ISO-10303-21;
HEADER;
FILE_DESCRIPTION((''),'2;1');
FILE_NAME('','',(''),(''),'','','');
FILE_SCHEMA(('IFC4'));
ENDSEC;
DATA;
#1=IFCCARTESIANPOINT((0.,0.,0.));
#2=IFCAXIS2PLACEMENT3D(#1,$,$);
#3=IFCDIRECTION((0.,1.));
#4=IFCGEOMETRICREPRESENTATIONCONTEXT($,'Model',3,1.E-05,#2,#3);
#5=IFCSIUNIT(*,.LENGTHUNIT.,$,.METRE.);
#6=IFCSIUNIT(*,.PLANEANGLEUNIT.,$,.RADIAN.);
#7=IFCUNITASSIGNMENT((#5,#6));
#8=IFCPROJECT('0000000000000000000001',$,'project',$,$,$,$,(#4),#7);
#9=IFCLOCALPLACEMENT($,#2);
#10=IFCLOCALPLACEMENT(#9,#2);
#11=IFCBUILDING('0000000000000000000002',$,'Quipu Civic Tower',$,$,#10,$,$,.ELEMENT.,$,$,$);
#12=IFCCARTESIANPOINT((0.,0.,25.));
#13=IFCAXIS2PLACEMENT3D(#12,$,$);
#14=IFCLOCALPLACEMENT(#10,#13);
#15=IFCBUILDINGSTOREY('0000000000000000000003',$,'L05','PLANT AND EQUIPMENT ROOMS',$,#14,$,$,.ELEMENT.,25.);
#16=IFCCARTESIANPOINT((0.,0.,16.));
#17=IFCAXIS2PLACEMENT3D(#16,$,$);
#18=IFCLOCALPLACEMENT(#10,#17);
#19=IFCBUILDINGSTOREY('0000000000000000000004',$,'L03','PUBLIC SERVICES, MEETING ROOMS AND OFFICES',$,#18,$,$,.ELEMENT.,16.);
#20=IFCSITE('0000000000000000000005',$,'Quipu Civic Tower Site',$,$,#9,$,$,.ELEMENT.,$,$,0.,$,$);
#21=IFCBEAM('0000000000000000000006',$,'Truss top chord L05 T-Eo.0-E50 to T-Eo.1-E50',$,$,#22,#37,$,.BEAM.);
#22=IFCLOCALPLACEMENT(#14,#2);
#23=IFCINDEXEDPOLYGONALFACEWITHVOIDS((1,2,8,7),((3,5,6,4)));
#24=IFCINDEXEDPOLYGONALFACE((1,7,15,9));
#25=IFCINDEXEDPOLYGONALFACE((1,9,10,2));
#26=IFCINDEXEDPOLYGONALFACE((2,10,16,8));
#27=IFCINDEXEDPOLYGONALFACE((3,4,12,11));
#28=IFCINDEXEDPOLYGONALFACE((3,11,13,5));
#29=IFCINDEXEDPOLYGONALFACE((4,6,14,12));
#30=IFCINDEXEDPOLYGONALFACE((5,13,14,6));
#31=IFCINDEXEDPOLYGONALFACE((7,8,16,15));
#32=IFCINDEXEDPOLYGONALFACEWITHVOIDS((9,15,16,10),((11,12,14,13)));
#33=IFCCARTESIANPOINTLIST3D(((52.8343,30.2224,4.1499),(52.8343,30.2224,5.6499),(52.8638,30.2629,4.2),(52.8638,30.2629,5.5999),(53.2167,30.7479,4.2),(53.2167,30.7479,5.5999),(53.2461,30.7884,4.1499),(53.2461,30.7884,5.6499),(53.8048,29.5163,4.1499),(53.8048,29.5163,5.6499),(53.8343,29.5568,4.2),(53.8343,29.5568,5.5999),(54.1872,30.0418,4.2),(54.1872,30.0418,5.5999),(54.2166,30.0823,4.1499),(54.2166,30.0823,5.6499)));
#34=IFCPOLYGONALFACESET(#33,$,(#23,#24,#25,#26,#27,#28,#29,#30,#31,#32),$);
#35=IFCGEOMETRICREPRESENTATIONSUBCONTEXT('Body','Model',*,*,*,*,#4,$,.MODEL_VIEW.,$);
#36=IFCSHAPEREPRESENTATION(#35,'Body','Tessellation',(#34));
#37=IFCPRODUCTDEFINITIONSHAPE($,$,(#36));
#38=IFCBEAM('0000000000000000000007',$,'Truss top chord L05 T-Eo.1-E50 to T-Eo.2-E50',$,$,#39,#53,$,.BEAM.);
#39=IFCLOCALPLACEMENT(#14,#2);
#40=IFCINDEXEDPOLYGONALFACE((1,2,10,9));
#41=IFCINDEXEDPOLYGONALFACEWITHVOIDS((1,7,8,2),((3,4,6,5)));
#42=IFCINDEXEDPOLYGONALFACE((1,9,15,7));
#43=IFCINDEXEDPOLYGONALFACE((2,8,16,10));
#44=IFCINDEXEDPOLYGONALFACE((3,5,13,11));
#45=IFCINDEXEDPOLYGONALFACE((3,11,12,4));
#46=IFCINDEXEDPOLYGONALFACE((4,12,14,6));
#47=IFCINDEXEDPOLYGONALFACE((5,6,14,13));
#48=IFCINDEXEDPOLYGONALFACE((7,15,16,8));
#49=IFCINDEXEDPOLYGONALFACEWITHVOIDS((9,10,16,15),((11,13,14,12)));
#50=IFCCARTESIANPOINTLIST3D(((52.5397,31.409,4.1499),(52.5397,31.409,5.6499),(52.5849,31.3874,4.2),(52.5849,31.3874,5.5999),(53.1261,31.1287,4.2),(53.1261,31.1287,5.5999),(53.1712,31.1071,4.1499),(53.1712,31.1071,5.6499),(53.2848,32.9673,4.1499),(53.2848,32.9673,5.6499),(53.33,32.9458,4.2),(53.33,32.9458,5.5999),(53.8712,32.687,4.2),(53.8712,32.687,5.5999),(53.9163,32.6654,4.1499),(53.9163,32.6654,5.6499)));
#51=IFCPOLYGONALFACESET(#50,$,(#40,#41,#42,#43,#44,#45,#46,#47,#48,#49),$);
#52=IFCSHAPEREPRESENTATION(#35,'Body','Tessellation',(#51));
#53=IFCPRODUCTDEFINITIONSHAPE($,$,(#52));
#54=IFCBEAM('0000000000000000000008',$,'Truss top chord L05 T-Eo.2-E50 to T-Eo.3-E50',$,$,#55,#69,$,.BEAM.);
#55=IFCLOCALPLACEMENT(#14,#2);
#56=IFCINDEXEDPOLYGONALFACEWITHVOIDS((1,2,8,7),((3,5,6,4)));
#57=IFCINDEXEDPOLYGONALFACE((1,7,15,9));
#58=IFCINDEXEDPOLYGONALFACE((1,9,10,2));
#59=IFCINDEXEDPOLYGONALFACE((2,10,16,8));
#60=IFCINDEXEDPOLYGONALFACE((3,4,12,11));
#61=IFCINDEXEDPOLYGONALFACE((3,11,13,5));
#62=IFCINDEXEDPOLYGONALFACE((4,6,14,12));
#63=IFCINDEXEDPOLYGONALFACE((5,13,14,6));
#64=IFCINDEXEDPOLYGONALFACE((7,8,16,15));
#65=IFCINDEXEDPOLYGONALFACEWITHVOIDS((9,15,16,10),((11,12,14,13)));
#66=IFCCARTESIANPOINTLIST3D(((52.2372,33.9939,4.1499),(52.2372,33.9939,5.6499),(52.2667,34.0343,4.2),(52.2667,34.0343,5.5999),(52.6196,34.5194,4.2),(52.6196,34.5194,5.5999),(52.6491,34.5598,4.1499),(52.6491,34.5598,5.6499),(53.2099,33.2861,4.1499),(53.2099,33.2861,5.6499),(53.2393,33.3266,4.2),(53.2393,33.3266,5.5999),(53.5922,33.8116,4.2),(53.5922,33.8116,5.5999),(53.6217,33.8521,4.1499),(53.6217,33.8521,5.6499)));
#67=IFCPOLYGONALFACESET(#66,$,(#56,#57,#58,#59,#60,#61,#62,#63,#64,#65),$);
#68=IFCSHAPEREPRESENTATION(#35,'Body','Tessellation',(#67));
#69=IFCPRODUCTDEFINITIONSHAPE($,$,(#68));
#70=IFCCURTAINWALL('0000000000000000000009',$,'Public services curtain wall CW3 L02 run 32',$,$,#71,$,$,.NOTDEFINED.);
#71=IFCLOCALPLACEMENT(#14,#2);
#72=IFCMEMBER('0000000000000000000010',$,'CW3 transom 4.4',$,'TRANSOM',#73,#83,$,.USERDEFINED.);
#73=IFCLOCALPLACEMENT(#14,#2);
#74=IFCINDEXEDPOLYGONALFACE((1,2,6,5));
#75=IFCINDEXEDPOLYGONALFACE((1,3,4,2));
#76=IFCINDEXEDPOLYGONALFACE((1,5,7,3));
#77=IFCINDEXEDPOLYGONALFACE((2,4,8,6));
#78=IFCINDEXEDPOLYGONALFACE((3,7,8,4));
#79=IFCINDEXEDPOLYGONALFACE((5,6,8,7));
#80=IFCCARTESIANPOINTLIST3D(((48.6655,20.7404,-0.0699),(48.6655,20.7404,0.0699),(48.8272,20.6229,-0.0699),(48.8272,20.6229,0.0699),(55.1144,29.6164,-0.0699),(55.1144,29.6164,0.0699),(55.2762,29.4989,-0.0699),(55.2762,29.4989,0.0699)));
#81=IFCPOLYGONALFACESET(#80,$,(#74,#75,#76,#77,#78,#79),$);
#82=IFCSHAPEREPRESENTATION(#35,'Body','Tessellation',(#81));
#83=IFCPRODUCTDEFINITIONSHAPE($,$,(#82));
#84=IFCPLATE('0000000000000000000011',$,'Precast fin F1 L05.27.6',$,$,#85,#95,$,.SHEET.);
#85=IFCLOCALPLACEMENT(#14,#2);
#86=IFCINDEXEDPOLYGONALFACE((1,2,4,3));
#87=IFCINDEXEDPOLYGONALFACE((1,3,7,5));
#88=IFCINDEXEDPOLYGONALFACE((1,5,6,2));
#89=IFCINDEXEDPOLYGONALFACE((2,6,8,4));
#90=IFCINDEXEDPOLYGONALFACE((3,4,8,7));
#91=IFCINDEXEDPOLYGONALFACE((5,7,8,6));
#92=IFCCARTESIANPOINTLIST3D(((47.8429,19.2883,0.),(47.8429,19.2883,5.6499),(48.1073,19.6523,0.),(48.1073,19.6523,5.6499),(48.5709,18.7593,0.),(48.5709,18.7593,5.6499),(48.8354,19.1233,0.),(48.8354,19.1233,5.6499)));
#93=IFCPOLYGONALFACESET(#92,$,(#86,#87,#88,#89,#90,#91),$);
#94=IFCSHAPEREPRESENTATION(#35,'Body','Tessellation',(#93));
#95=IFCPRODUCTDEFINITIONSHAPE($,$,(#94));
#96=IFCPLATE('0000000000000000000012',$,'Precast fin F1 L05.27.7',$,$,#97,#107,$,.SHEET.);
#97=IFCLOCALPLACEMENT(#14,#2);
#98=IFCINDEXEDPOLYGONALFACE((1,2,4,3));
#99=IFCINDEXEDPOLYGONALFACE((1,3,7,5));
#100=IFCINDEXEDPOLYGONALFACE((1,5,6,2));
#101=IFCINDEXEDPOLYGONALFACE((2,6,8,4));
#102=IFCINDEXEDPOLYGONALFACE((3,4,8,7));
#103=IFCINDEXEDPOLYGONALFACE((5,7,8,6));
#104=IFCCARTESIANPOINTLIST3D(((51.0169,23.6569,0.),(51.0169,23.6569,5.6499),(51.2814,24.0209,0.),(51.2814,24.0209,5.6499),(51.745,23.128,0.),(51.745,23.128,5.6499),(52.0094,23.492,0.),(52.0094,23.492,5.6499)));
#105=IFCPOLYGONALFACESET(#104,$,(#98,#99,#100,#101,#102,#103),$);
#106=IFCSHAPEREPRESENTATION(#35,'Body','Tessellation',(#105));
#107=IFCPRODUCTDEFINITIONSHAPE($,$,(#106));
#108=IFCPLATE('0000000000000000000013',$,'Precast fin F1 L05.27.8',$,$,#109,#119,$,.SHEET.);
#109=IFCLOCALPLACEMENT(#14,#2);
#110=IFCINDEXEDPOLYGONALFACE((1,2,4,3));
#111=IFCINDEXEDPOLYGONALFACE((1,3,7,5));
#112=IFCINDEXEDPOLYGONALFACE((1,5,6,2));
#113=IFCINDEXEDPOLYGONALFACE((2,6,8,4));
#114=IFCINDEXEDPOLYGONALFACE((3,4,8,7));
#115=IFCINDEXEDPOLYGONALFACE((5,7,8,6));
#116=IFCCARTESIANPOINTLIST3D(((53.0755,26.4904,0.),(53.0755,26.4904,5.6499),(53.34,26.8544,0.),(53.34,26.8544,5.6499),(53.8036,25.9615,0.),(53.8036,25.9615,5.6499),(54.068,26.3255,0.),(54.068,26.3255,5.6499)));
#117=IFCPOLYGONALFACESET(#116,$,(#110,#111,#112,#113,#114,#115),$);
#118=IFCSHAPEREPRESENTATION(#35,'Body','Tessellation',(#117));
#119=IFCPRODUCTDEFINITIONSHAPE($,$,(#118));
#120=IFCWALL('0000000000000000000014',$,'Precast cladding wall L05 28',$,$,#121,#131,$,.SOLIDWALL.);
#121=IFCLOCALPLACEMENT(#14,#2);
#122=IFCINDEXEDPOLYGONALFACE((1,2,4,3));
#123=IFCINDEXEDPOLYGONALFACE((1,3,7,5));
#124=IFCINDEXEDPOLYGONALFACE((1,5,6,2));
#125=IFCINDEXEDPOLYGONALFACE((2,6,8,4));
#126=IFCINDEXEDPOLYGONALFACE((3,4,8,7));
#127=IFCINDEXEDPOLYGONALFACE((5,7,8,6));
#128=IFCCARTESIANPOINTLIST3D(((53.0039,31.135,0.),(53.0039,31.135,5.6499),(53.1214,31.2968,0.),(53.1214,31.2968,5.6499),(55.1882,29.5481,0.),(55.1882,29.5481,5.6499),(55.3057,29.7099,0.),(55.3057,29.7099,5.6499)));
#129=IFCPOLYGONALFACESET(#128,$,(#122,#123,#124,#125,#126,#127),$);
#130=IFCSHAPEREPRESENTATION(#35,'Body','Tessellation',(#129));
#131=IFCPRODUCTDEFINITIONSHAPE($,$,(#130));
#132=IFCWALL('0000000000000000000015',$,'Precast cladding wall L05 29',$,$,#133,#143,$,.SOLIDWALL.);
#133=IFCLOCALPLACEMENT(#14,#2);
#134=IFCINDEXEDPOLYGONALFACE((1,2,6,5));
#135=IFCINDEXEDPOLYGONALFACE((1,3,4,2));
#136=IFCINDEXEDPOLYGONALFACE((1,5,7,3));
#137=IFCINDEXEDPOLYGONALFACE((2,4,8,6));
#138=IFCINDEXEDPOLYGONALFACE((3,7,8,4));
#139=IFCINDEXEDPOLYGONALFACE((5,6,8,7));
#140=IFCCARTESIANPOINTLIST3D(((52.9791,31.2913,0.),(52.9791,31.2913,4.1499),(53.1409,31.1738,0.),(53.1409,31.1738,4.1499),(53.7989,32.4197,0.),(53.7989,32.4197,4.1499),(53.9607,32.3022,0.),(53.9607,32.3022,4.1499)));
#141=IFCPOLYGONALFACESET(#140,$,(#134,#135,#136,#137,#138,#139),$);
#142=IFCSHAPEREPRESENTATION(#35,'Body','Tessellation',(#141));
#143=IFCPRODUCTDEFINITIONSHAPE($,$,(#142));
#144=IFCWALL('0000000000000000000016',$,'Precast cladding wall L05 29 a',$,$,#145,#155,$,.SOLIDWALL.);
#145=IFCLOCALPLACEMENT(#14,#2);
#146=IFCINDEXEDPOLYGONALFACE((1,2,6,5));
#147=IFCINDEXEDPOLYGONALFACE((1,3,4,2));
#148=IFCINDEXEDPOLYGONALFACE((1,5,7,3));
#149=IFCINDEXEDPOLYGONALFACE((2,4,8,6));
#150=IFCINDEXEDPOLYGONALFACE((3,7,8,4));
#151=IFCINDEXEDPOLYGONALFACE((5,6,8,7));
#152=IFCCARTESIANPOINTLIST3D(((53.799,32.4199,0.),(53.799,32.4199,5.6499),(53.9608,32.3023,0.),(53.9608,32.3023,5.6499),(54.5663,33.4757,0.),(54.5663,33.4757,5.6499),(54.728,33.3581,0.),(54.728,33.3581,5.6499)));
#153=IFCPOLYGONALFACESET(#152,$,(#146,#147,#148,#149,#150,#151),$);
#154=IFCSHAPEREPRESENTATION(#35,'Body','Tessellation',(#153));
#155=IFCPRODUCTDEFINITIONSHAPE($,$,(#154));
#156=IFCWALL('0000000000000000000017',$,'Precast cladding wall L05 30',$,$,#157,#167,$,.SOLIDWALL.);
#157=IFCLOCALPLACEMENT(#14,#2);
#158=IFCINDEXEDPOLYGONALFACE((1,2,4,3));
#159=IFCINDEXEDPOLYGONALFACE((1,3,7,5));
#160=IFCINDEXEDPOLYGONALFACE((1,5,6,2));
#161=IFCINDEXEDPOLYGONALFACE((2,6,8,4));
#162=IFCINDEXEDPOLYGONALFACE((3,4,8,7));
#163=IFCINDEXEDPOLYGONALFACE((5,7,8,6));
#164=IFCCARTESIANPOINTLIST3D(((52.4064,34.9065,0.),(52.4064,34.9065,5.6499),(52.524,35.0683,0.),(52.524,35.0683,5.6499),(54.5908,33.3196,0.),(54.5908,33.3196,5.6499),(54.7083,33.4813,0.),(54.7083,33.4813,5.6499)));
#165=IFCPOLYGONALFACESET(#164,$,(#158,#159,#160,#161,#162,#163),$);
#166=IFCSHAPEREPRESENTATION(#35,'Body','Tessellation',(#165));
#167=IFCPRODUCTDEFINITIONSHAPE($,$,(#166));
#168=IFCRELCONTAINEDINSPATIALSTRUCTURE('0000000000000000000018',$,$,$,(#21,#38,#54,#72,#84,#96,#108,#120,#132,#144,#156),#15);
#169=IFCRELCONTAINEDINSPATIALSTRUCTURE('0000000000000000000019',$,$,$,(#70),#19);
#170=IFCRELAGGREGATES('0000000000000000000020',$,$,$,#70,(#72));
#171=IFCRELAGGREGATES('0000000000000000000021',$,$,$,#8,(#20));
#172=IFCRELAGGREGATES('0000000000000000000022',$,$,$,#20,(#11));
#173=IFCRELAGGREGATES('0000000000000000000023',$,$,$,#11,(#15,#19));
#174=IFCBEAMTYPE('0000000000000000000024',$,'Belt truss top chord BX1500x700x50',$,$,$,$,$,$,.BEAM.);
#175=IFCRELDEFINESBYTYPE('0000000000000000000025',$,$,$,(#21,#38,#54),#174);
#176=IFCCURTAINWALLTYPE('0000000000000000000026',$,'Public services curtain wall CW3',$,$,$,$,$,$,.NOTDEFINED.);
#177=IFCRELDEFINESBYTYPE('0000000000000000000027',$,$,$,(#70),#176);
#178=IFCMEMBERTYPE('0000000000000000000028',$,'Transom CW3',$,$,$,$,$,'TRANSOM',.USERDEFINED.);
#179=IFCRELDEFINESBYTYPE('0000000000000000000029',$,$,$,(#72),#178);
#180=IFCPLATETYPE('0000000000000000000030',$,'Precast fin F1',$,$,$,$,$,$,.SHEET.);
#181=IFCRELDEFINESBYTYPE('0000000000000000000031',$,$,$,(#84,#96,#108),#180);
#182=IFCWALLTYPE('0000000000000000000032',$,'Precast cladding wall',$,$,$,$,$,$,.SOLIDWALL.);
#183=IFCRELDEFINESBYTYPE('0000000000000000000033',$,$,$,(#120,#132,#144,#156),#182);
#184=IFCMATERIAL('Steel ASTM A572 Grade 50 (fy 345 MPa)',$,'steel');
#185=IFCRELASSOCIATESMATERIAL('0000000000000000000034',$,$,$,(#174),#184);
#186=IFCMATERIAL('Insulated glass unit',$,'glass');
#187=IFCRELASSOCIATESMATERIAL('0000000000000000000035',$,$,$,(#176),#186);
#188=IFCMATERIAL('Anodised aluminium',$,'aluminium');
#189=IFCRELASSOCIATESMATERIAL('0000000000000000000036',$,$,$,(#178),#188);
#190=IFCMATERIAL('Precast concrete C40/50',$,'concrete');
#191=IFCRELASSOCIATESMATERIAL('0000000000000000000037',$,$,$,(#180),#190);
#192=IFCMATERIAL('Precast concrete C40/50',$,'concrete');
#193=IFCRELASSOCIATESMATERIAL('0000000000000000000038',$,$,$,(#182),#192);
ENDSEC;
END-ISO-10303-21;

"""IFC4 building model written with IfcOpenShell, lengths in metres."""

from ifc_helpers import new_model, si_unit, direction, frame, frame_2d, origin, origin_2d, place, context, subcontext, project, spatial, rectangle, hollow_rectangle, extrude, material, material_profile, profile_set, type_object, element, aggregate, save


model = new_model("IFC4")

# Units and contexts
model_context = context("Model", 3, precision=1e-05, world=origin(), true_north=direction((0.0, 1.0)))
body_context = subcontext(model_context, "Body", "Model", "MODEL_VIEW")
ifc_project = project(units=[si_unit("LENGTHUNIT", "METRE"), si_unit("PLANEANGLEUNIT", "RADIAN")], contexts=[model_context])

# Site, building, storey
site_placement = place(None, origin())
site = spatial("IfcSite", under=ifc_project, at=site_placement, Name="Quipu Civic Tower Site", CompositionType="ELEMENT", RefElevation=0.0)
building_placement = place(site_placement, origin())
building = spatial("IfcBuilding", under=site, at=building_placement, Name="Quipu Civic Tower", CompositionType="ELEMENT")
storey_1_placement = place(building_placement, frame((0.0, 0.0, 25.0)))
storey_1 = spatial("IfcBuildingStorey", under=building, at=storey_1_placement, Name="L05", Description="PLANT AND EQUIPMENT ROOMS", CompositionType="ELEMENT", Elevation=25.0)

# Beams
ifc_material_1 = material(Name="Steel ASTM A572 Grade 50 (fy 345 MPa)", Category="steel")
ifc_material_profile_1 = material_profile(ifc_material_1, hollow_rectangle(XDim=0.7, YDim=1.5, WallThickness=0.05, at=origin_2d()), Name="BX1500x700x50")
ifc_profile_set_1 = profile_set([ifc_material_profile_1], Name="Steel ASTM A572 Grade 50 (fy 345 MPa)")
beam_type_1 = type_object("IfcBeamType", Name="Belt truss top chord BX1500x700x50", PredefinedType="BEAM", material=ifc_profile_set_1)
beam_1_placement = place(storey_1_placement, frame((54.0107, 29.7993, 4.8999), z_axis=(-0.808631, 0.588317, 0.0), x_axis=(-0.588317, -0.808631, 0.0)))
element("IfcBeam", 1, at=beam_1_placement, inside=storey_1, type_object=beam_type_1, Name="Truss top chord L05 T-Eo.0-E50 to T-Eo.1-E50", PredefinedType="BEAM", context=body_context, shape_type="SweptSolid", body=[
    extrude(hollow_rectangle(XDim=0.7, YDim=1.5, WallThickness=0.05, at=origin_2d()), origin(), (0.0, 0.0, 1.0), 1.2002),
])
beam_2_placement = place(storey_1_placement, frame((52.8555, 31.2581, 4.8999), z_axis=(0.43137, 0.902175, 0.0), x_axis=(-0.902175, 0.43137, 0.0)))
element("IfcBeam", 2, at=beam_2_placement, inside=storey_1, type_object=beam_type_1, Name="Truss top chord L05 T-Eo.1-E50 to T-Eo.2-E50", PredefinedType="BEAM", context=body_context, shape_type="SweptSolid", body=[
    extrude(hollow_rectangle(XDim=0.7, YDim=1.5, WallThickness=0.05, at=origin_2d()), origin(), (0.0, 0.0, 1.0), 1.7273),
])
beam_3_placement = place(storey_1_placement, frame((53.4158, 33.5691, 4.8999), z_axis=(-0.808587, 0.588377, 0.0), x_axis=(-0.588377, -0.808587, 0.0)))
element("IfcBeam", 3, at=beam_3_placement, inside=storey_1, type_object=beam_type_1, Name="Truss top chord L05 T-Eo.2-E50 to T-Eo.3-E50", PredefinedType="BEAM", context=body_context, shape_type="SweptSolid", body=[
    extrude(hollow_rectangle(XDim=0.7, YDim=1.5, WallThickness=0.05, at=origin_2d()), origin(), (0.0, 0.0, 1.0), 1.2029),
])

# Shared definitions
storey_2_placement = place(building_placement, frame((0.0, 0.0, 16.0)))
storey_2 = spatial("IfcBuildingStorey", under=building, at=storey_2_placement, Name="L03", Description="PUBLIC SERVICES, MEETING ROOMS AND OFFICES", CompositionType="ELEMENT", Elevation=16.0)

# Curtain wall, member
ifc_material_2 = material(Name="Insulated glass unit", Category="glass")
curtain_wall_type = type_object("IfcCurtainWallType", Name="Public services curtain wall CW3", PredefinedType="NOTDEFINED", material=ifc_material_2)
curtain_wall_placement = place(storey_2_placement, origin())
curtain_wall = element("IfcCurtainWall", 4, at=curtain_wall_placement, inside=storey_2, type_object=curtain_wall_type, Name="Public services curtain wall CW3 L02 run 32", PredefinedType="NOTDEFINED")
ifc_material_3 = material(Name="Anodised aluminium", Category="aluminium")
ifc_material_profile_2 = material_profile(ifc_material_3, rectangle(XDim=0.2, YDim=0.1399, at=origin_2d()), Name="RECT 200x140")
ifc_profile_set_2 = profile_set([ifc_material_profile_2], Name="Anodised aluminium")
member_type_1 = type_object("IfcMemberType", Name="Transom CW3", ElementType="TRANSOM", PredefinedType="USERDEFINED", material=ifc_profile_set_2)
member_1_placement = place(storey_1_placement, frame((48.7463, 20.6816, 0.0), z_axis=(0.587797, 0.809008, 0.0), x_axis=(-0.809008, 0.587797, 0.0)))
member_1 = element("IfcMember", 5, at=member_1_placement, inside=storey_1, type_object=member_type_1, Name="CW3 transom 4.4", ObjectType="TRANSOM", PredefinedType="USERDEFINED", context=body_context, shape_type="SweptSolid", body=[
    extrude(rectangle(XDim=0.2, YDim=0.1399, at=origin_2d()), origin(), (0.0, 0.0, 1.0), 10.9714),
])
aggregate(curtain_wall, [member_1])

# Plates
ifc_material_4 = material(Name="Precast concrete C40/50", Category="concrete")
plate_type = type_object("IfcPlateType", Name="Precast fin F1", PredefinedType="SHEET", material=ifc_material_4)
for number, where, z_axis, x_axis, name in (
    (6, (48.3391, 19.2058, 0.0), (0.0, 0.0, 1.0), (0.587786, 0.809017, 0.0), "Precast fin F1 L05.27.6"),
    (7, (51.5132, 23.5745, 0.0), (0.0, 0.0, 1.0), (0.587786, 0.809017, 0.0), "Precast fin F1 L05.27.7"),
    (8, (53.5718, 26.408, 0.0), (0.0, 0.0, 1.0), (0.587786, 0.809017, 0.0), "Precast fin F1 L05.27.8"),
):
    element("IfcPlate", number, at=place(storey_1_placement, frame(where, z_axis=z_axis, x_axis=x_axis)), inside=storey_1, type_object=plate_type, Name=name, PredefinedType="SHEET", context=body_context, shape_type="SweptSolid", body=[
        extrude(rectangle(XDim=0.45, YDim=0.8999, at=origin_2d()), origin(), (0.0, 0.0, 1.0), 5.6499),
    ])

# Walls
ifc_material_5 = material(Name="Precast concrete C40/50", Category="concrete")
wall_type = type_object("IfcWallType", Name="Precast cladding wall", PredefinedType="SOLIDWALL", material=ifc_material_5)
wall_1_placement = place(storey_1_placement, frame((55.2471, 29.6289, 0.0), z_axis=(0.0, 0.0, 1.0), x_axis=(-0.809033, 0.587763, 0.0)))
element("IfcWall", 9, at=wall_1_placement, inside=storey_1, type_object=wall_type, Name="Precast cladding wall L05 28", PredefinedType="SOLIDWALL", context=body_context, shape_type="SweptSolid", body=[
    extrude(rectangle(XDim=2.7, YDim=0.2, at=frame_2d((1.3501, 0.0))), origin(), (0.0, 0.0, 1.0), 5.6499),
])
wall_2_placement = place(storey_1_placement, frame((53.0601, 31.2327, 0.0), z_axis=(0.0, 0.0, 1.0), x_axis=(0.587776, 0.809024, 0.0)))
element("IfcWall", 10, at=wall_2_placement, inside=storey_1, type_object=wall_type, Name="Precast cladding wall L05 29", PredefinedType="SOLIDWALL", context=body_context, shape_type="SweptSolid", body=[
    extrude(rectangle(XDim=1.3948, YDim=0.2, at=frame_2d((0.6973, 0.0))), origin(), (0.0, 0.0, 1.0), 4.1499),
])
wall_3_placement = place(storey_1_placement, frame((53.8799, 32.3611, 0.0), z_axis=(0.0, 0.0, 1.0), x_axis=(0.587871, 0.808954, 0.0)))
element("IfcWall", 11, at=wall_3_placement, inside=storey_1, type_object=wall_type, Name="Precast cladding wall L05 29 a", PredefinedType="SOLIDWALL", context=body_context, shape_type="SweptSolid", body=[
    extrude(rectangle(XDim=1.3052, YDim=0.2, at=frame_2d((0.6526, 0.0))), origin(), (0.0, 0.0, 1.0), 5.6499),
])
wall_4_placement = place(storey_1_placement, frame((54.6497, 33.4004, 0.0), z_axis=(0.0, 0.0, 1.0), x_axis=(-0.809033, 0.587763, 0.0)))
element("IfcWall", 12, at=wall_4_placement, inside=storey_1, type_object=wall_type, Name="Precast cladding wall L05 30", PredefinedType="SOLIDWALL", context=body_context, shape_type="SweptSolid", body=[
    extrude(rectangle(XDim=2.7, YDim=0.2, at=frame_2d((1.3501, 0.0))), origin(), (0.0, 0.0, 1.0), 5.6499),
])

save(model, "model.ifc")
